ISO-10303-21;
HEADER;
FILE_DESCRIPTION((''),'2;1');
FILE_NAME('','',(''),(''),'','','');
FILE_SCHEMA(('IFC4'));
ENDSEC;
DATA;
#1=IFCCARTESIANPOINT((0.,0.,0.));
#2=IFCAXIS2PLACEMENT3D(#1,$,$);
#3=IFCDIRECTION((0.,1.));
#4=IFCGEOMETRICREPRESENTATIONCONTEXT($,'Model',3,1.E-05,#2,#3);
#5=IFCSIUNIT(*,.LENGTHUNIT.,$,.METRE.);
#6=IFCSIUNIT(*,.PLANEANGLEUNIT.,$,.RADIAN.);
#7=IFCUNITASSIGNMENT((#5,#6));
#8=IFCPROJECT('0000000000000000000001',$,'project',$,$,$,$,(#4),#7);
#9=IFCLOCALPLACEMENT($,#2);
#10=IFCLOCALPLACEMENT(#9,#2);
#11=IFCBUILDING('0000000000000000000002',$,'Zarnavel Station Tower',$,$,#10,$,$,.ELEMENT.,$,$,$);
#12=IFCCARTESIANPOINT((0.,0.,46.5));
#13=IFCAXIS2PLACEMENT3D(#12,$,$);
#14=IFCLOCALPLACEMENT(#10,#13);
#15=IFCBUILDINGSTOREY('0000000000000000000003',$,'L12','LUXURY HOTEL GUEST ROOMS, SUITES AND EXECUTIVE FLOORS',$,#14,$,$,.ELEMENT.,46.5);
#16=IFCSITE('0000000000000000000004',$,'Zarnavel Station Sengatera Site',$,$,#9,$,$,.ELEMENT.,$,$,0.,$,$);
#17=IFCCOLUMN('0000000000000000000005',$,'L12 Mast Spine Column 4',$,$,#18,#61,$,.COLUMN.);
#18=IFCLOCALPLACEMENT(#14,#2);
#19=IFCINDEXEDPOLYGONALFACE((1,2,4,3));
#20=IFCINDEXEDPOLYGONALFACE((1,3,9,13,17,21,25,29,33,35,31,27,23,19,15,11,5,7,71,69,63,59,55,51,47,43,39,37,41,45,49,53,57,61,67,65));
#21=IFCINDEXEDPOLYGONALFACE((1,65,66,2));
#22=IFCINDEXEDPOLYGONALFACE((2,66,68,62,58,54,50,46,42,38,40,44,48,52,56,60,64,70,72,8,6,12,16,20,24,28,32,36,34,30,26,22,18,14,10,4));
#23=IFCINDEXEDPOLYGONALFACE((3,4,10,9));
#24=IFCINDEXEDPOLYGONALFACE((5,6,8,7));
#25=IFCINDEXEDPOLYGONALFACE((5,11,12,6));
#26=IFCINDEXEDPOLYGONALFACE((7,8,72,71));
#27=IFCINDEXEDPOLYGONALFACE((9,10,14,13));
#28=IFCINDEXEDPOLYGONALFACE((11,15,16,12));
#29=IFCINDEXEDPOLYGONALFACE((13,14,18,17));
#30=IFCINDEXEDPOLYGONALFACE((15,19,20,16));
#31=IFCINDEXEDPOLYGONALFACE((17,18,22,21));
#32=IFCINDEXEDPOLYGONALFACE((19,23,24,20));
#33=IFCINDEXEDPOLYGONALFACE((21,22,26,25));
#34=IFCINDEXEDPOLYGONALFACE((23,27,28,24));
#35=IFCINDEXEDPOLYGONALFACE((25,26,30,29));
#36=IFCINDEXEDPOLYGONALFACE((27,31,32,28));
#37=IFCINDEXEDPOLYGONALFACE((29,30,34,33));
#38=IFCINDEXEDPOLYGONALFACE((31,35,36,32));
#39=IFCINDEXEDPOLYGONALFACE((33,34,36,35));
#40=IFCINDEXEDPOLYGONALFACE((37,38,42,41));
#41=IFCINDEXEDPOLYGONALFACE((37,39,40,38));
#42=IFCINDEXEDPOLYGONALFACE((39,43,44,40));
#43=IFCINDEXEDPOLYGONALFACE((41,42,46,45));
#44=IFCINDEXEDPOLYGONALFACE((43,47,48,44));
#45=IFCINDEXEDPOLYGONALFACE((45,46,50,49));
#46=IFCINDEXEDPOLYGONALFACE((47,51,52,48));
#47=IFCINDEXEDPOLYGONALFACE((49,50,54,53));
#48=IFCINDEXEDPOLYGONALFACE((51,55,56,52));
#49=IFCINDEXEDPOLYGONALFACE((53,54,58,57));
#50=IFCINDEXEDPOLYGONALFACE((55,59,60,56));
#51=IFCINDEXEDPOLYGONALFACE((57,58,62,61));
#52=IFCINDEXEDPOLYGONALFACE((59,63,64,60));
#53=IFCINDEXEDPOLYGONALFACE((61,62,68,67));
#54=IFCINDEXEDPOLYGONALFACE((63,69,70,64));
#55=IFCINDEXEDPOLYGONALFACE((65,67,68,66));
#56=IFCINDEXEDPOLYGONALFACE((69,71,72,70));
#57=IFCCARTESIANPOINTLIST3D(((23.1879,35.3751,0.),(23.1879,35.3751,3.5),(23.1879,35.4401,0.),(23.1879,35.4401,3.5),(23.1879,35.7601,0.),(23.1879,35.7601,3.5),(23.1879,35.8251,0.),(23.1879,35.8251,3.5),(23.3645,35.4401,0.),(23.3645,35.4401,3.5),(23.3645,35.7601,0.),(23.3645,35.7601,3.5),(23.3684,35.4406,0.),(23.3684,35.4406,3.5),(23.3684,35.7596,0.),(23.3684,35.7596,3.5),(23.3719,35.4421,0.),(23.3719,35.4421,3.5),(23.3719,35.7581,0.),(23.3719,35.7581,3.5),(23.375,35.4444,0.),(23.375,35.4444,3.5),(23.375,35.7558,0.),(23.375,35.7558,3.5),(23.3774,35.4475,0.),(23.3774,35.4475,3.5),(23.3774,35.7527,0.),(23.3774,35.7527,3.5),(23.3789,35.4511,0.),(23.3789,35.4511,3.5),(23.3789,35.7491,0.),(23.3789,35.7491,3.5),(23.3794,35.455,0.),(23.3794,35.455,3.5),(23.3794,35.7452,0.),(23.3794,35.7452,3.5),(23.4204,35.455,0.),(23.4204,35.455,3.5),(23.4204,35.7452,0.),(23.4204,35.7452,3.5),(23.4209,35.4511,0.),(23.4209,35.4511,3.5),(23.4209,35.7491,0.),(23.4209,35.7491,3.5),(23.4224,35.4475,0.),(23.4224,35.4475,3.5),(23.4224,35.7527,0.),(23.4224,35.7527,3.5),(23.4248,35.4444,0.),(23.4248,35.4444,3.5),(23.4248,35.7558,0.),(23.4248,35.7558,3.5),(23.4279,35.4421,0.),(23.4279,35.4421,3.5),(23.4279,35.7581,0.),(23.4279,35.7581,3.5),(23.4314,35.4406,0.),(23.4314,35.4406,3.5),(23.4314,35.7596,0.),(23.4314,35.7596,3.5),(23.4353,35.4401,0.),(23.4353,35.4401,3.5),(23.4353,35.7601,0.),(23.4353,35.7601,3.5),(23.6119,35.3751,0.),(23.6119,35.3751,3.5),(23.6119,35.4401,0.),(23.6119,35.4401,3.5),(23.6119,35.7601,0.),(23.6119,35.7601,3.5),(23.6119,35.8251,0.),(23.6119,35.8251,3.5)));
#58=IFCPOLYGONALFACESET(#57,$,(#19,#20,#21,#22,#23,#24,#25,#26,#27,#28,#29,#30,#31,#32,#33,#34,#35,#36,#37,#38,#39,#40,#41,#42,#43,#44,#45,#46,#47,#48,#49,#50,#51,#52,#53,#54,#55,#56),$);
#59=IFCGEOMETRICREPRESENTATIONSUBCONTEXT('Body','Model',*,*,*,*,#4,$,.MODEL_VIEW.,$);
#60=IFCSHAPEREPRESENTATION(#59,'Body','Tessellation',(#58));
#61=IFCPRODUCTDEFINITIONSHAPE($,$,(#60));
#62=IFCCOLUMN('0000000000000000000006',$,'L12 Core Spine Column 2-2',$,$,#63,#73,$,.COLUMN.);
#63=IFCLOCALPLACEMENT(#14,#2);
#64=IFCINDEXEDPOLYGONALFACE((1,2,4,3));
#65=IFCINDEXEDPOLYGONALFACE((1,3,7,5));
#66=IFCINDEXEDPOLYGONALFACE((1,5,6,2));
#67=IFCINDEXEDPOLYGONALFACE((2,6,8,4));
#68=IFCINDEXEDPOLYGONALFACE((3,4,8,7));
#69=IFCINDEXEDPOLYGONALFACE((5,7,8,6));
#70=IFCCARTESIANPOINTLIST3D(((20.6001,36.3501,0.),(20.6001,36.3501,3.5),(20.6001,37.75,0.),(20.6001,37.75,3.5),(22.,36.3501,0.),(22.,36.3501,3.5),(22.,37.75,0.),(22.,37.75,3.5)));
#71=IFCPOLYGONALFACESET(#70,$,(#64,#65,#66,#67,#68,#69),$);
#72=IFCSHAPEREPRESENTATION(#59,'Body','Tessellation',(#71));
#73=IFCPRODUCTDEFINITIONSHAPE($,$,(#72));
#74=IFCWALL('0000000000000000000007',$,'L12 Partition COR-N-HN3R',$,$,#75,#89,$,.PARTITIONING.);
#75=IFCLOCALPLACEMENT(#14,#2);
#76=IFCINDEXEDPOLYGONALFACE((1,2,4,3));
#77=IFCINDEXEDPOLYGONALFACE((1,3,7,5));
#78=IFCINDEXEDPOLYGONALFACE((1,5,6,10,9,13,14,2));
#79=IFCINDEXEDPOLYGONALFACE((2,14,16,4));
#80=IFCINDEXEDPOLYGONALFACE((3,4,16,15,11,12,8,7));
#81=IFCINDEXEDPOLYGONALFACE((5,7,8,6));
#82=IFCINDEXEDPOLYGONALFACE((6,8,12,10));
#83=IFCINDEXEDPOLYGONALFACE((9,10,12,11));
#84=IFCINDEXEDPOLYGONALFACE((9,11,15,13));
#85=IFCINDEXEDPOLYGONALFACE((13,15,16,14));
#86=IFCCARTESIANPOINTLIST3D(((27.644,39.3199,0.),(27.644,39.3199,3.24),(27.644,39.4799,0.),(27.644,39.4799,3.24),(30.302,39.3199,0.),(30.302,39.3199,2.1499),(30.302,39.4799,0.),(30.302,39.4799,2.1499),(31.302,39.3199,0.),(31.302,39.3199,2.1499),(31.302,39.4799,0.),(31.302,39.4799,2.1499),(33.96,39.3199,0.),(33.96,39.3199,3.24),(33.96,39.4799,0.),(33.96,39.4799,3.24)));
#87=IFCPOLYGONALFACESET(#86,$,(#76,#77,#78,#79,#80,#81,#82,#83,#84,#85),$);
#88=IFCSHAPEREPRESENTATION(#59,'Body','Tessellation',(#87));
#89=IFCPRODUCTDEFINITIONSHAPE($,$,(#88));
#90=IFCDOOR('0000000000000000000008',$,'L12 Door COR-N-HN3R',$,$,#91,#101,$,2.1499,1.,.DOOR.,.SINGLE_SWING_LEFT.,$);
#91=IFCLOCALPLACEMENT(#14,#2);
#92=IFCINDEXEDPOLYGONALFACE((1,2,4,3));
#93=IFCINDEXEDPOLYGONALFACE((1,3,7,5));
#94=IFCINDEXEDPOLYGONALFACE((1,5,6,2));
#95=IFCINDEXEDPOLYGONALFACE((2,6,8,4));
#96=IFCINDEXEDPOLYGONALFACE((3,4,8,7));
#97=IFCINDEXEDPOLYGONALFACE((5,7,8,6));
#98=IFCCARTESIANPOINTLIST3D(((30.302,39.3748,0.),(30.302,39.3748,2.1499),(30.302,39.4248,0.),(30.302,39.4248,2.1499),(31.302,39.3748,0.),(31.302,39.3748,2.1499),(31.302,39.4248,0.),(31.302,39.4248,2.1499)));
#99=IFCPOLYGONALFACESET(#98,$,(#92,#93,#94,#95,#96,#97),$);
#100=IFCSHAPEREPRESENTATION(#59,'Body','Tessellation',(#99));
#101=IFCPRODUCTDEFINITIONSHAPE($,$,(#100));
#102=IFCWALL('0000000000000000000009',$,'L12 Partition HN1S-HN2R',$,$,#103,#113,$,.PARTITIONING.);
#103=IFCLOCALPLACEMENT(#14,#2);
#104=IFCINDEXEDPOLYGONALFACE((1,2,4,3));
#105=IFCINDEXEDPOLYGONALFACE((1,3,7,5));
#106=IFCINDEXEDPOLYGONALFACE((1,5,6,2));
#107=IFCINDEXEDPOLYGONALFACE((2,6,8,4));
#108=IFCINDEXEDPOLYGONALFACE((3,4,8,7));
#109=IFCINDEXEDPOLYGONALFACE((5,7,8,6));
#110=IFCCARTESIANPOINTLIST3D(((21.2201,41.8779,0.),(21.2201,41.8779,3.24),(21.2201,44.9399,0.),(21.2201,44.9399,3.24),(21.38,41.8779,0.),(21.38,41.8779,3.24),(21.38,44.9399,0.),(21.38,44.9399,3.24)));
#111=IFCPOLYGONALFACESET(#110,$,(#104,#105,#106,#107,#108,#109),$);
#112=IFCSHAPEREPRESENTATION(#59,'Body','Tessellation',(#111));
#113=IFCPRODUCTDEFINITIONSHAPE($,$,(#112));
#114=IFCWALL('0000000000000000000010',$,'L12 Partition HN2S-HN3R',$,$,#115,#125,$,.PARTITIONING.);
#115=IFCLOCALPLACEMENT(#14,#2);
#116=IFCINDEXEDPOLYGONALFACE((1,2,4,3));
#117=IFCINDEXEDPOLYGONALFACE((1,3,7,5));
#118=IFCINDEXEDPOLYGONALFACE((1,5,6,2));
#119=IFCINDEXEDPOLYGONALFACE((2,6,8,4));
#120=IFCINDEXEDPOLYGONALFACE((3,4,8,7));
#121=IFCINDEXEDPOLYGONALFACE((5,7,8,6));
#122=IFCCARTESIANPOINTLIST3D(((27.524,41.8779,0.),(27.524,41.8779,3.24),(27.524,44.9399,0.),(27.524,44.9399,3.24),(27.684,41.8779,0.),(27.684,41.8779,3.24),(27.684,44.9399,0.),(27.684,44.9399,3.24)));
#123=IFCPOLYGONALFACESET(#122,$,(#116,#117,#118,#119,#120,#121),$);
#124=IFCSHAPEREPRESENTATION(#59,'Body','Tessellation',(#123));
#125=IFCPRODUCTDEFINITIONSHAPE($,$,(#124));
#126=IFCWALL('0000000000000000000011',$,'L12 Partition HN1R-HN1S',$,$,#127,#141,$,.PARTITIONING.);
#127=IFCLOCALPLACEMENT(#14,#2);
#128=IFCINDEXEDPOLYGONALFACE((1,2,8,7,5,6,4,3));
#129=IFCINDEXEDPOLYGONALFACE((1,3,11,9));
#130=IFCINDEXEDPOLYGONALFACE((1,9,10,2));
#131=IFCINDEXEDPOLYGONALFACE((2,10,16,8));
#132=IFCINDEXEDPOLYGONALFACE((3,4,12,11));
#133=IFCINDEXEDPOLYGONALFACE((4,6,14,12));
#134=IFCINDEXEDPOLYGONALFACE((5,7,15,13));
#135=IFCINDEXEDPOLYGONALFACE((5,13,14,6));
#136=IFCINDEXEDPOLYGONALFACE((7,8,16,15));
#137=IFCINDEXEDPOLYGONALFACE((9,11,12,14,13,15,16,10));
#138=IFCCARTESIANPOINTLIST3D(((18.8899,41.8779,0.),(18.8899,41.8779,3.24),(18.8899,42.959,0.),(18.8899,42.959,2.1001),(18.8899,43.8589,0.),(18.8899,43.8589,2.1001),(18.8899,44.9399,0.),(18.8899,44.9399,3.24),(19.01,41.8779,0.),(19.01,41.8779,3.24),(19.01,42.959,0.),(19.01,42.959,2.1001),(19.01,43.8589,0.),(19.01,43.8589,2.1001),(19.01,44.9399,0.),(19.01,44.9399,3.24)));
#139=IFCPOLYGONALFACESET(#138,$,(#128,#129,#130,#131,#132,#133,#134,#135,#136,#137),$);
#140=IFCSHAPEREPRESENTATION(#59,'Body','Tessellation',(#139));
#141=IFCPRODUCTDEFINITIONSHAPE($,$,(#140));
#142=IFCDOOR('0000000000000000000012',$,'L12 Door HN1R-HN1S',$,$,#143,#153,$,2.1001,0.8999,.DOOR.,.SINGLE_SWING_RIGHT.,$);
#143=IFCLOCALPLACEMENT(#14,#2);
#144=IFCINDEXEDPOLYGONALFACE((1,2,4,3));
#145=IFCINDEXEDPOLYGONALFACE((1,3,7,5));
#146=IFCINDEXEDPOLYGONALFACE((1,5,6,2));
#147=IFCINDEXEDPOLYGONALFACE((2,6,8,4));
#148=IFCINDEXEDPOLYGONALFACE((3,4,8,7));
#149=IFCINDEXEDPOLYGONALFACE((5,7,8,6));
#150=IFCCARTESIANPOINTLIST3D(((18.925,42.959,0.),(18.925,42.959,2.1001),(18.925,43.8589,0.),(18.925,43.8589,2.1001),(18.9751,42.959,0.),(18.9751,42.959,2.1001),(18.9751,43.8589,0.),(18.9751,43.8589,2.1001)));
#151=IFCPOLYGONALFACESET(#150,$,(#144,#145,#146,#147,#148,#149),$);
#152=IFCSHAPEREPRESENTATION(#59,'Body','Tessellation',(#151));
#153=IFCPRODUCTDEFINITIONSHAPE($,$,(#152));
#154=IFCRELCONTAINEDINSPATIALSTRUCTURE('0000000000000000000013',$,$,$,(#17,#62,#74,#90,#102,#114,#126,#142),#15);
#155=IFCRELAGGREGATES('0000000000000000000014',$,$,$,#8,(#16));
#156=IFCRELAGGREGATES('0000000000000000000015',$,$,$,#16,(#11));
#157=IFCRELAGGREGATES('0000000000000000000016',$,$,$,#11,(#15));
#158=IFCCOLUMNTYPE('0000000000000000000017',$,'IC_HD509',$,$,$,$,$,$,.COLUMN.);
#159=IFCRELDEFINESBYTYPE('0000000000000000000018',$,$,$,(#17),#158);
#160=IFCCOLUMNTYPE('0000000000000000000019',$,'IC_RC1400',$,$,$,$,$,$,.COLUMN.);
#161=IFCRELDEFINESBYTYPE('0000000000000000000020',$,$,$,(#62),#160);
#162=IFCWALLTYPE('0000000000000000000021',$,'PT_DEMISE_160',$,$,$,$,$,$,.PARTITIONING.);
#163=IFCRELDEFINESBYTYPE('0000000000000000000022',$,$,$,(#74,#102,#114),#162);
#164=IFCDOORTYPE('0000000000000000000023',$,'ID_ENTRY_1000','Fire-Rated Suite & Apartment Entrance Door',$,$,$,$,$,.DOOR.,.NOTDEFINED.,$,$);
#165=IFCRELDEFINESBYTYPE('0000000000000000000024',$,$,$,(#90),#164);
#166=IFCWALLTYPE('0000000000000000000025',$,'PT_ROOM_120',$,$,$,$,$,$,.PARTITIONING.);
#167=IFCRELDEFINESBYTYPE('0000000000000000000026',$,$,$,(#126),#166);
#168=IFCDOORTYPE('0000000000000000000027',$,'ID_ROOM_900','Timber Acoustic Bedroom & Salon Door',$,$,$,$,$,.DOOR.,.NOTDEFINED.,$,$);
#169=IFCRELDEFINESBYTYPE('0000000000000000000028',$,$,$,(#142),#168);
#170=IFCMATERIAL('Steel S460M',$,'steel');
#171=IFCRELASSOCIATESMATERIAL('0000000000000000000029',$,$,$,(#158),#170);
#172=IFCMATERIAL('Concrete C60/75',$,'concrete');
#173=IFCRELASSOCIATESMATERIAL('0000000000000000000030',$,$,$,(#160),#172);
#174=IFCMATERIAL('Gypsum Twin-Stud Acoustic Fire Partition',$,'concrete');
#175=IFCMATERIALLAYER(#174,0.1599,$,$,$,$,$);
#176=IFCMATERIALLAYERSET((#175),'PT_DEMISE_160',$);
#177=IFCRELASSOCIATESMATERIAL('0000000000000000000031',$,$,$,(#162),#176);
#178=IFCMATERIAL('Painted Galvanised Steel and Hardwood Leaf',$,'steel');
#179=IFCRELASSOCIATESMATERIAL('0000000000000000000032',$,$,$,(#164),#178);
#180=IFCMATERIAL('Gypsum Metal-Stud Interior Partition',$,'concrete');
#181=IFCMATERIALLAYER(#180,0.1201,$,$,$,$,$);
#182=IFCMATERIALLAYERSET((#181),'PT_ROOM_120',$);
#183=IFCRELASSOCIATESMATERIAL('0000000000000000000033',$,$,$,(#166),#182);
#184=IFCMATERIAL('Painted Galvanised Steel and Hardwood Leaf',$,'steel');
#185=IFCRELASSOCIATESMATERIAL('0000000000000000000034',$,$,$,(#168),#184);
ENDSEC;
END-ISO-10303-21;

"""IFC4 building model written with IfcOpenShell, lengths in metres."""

from ifc_helpers import new_model, si_unit, direction, frame, frame_2d, origin, origin_2d, place, context, subcontext, project, spatial, rectangle, i_section, extrude, material, layer, layer_set, material_profile, profile_set, type_object, element, fill, save


model = new_model("IFC4")

# Units and contexts
model_context = context("Model", 3, precision=1e-05, world=origin(), true_north=direction((0.0, 1.0)))
body_context = subcontext(model_context, "Body", "Model", "MODEL_VIEW")
ifc_project = project(units=[si_unit("LENGTHUNIT", "METRE"), si_unit("PLANEANGLEUNIT", "RADIAN")], contexts=[model_context])

# Site, building, storey
site_placement = place(None, origin())
site = spatial("IfcSite", under=ifc_project, at=site_placement, Name="Zarnavel Station Sengatera Site", CompositionType="ELEMENT", RefElevation=0.0)
building_placement = place(site_placement, origin())
building = spatial("IfcBuilding", under=site, at=building_placement, Name="Zarnavel Station Tower", CompositionType="ELEMENT")
storey_placement = place(building_placement, frame((0.0, 0.0, 46.5)))
storey = spatial("IfcBuildingStorey", under=building, at=storey_placement, Name="L12", Description="LUXURY HOTEL GUEST ROOMS, SUITES AND EXECUTIVE FLOORS", CompositionType="ELEMENT", Elevation=46.5)

# Columns
ifc_material_1 = material(Name="Steel S460M", Category="steel")
ifc_material_profile_1 = material_profile(ifc_material_1, i_section(OverallWidth=0.4241, OverallDepth=0.45, WebThickness=0.041, FlangeThickness=0.0649, FilletRadius=0.0149, at=origin_2d()), Name="HD400x509")
ifc_profile_set_1 = profile_set([ifc_material_profile_1], Name="Steel S460M")
column_type_1 = type_object("IfcColumnType", Name="IC_HD509", PredefinedType="COLUMN", material=ifc_profile_set_1)
column_1_placement = place(storey_placement, frame((23.3999, 35.6001, 0.0), z_axis=(0.0, 0.0, 1.0), x_axis=(1.0, 0.0, 0.0)))
element("IfcColumn", 1, at=column_1_placement, inside=storey, type_object=column_type_1, Name="L12 Mast Spine Column 4", PredefinedType="COLUMN", context=body_context, shape_type="SweptSolid", body=[
    extrude(i_section(OverallWidth=0.4241, OverallDepth=0.45, WebThickness=0.041, FlangeThickness=0.0649, FilletRadius=0.0149, at=origin_2d()), origin(), (0.0, 0.0, 1.0), 3.5),
])
ifc_material_2 = material(Name="Concrete C60/75", Category="concrete")
ifc_material_profile_2 = material_profile(ifc_material_2, rectangle(XDim=1.3999, YDim=1.3999, at=origin_2d()), Name="RC1400x1400")
ifc_profile_set_2 = profile_set([ifc_material_profile_2], Name="Concrete C60/75")
column_type_2 = type_object("IfcColumnType", Name="IC_RC1400", PredefinedType="COLUMN", material=ifc_profile_set_2)
column_2_placement = place(storey_placement, frame((21.3, 37.05, 0.0), z_axis=(0.0, 0.0, 1.0), x_axis=(1.0, 0.0, 0.0)))
element("IfcColumn", 2, at=column_2_placement, inside=storey, type_object=column_type_2, Name="L12 Core Spine Column 2-2", PredefinedType="COLUMN", context=body_context, shape_type="SweptSolid", body=[
    extrude(rectangle(XDim=1.3999, YDim=1.3999, at=origin_2d()), origin(), (0.0, 0.0, 1.0), 3.5),
])

# Wall, opening, door
ifc_material_3 = material(Name="Gypsum Twin-Stud Acoustic Fire Partition", Category="concrete")
ifc_layer_1 = layer(ifc_material_3, 0.1599)
ifc_layer_set_1 = layer_set([ifc_layer_1], Name="PT_DEMISE_160")
wall_type_1 = type_object("IfcWallType", Name="PT_DEMISE_160", PredefinedType="PARTITIONING", material=ifc_layer_set_1)
ifc_material_4 = material(Name="Painted Galvanised Steel and Hardwood Leaf", Category="steel")
door_type_1 = type_object("IfcDoorType", Name="ID_ENTRY_1000", Description="Fire-Rated Suite & Apartment Entrance Door", OperationType="NOTDEFINED", PredefinedType="DOOR", material=ifc_material_4)
wall_1_placement = place(storey_placement, frame((27.644, 39.3999, 0.0), z_axis=(0.0, 0.0, 1.0), x_axis=(1.0, 0.0, 0.0)))
wall_1 = element("IfcWall", 3, at=wall_1_placement, inside=storey, type_object=wall_type_1, Name="L12 Partition COR-N-HN3R", PredefinedType="PARTITIONING", context=body_context, shape_type="SweptSolid", body=[
    extrude(rectangle(XDim=6.3159, YDim=0.1599, at=frame_2d((3.158, 0.0))), origin(), (0.0, 0.0, 1.0), 3.24),
])
opening_1_placement = place(wall_1_placement, frame((2.658, 0.0, 0.0)))
opening_1 = element("IfcOpeningElement", 4, at=opening_1_placement, cuts=wall_1, PredefinedType="OPENING", context=body_context, shape_type="SweptSolid", body=[
    extrude(rectangle(XDim=1.0, YDim=2.1499, at=frame_2d((0.5, 1.075))), frame((0.0, 0.0898, 0.0), z_axis=(0.0, -1.0, 0.0), x_axis=(1.0, 0.0, 0.0)), (0.0, 0.0, 1.0), 0.1799),
])
door_1_placement = place(opening_1_placement, origin())
door_1 = element("IfcDoor", 5, at=door_1_placement, inside=storey, type_object=door_type_1, Name="L12 Door COR-N-HN3R", OperationType="SINGLE_SWING_LEFT", OverallHeight=2.1499, OverallWidth=1.0, PredefinedType="DOOR", context=body_context, shape_type="SweptSolid", body=[
    extrude(rectangle(XDim=1.0, YDim=2.1499, at=frame_2d((0.5, 1.075))), frame((0.0, 0.0249, 0.0), z_axis=(0.0, -1.0, 0.0), x_axis=(1.0, 0.0, 0.0)), (0.0, 0.0, 1.0), 0.05),
])
fill(opening_1, door_1)

# Walls
for number, where, z_axis, x_axis, name in (
    (6, (21.3, 41.8779, 0.0), (0.0, 0.0, 1.0), (0.0, 1.0, 0.0), "L12 Partition HN1S-HN2R"),
    (7, (27.604, 41.8779, 0.0), (0.0, 0.0, 1.0), (0.0, 1.0, 0.0), "L12 Partition HN2S-HN3R"),
):
    element("IfcWall", number, at=place(storey_placement, frame(where, z_axis=z_axis, x_axis=x_axis)), inside=storey, type_object=wall_type_1, Name=name, PredefinedType="PARTITIONING", context=body_context, shape_type="SweptSolid", body=[
        extrude(rectangle(XDim=3.062, YDim=0.1599, at=frame_2d((1.531, 0.0))), origin(), (0.0, 0.0, 1.0), 3.24),
    ])

# Wall, opening, door
ifc_material_5 = material(Name="Gypsum Metal-Stud Interior Partition", Category="concrete")
ifc_layer_2 = layer(ifc_material_5, 0.1201)
ifc_layer_set_2 = layer_set([ifc_layer_2], Name="PT_ROOM_120")
wall_type_2 = type_object("IfcWallType", Name="PT_ROOM_120", PredefinedType="PARTITIONING", material=ifc_layer_set_2)
wall_2_placement = place(storey_placement, frame((18.95, 41.8779, 0.0), z_axis=(0.0, 0.0, 1.0), x_axis=(0.0, 1.0, 0.0)))
wall_2 = element("IfcWall", 8, at=wall_2_placement, inside=storey, type_object=wall_type_2, Name="L12 Partition HN1R-HN1S", PredefinedType="PARTITIONING", context=body_context, shape_type="SweptSolid", body=[
    extrude(rectangle(XDim=3.062, YDim=0.1201, at=frame_2d((1.531, 0.0))), origin(), (0.0, 0.0, 1.0), 3.24),
])
opening_2_placement = place(wall_2_placement, frame((1.0811, 0.0, 0.0)))
opening_2 = element("IfcOpeningElement", 9, at=opening_2_placement, cuts=wall_2, PredefinedType="OPENING", context=body_context, shape_type="SweptSolid", body=[
    extrude(rectangle(XDim=0.8999, YDim=2.1001, at=frame_2d((0.45, 1.05))), frame((0.0, 0.0701, 0.0), z_axis=(0.0, -1.0, 0.0), x_axis=(1.0, 0.0, 0.0)), (0.0, 0.0, 1.0), 0.1401),
])
ifc_material_6 = material(Name="Painted Galvanised Steel and Hardwood Leaf", Category="steel")
door_type_2 = type_object("IfcDoorType", Name="ID_ROOM_900", Description="Timber Acoustic Bedroom & Salon Door", OperationType="NOTDEFINED", PredefinedType="DOOR", material=ifc_material_6)
door_2_placement = place(opening_2_placement, origin())
door_2 = element("IfcDoor", 10, at=door_2_placement, inside=storey, type_object=door_type_2, Name="L12 Door HN1R-HN1S", OperationType="SINGLE_SWING_RIGHT", OverallHeight=2.1001, OverallWidth=0.8999, PredefinedType="DOOR", context=body_context, shape_type="SweptSolid", body=[
    extrude(rectangle(XDim=0.8999, YDim=2.1001, at=frame_2d((0.45, 1.05))), frame((0.0, 0.0249, 0.0), z_axis=(0.0, -1.0, 0.0), x_axis=(1.0, 0.0, 0.0)), (0.0, 0.0, 1.0), 0.05),
])
fill(opening_2, door_2)

save(model, "model.ifc")
